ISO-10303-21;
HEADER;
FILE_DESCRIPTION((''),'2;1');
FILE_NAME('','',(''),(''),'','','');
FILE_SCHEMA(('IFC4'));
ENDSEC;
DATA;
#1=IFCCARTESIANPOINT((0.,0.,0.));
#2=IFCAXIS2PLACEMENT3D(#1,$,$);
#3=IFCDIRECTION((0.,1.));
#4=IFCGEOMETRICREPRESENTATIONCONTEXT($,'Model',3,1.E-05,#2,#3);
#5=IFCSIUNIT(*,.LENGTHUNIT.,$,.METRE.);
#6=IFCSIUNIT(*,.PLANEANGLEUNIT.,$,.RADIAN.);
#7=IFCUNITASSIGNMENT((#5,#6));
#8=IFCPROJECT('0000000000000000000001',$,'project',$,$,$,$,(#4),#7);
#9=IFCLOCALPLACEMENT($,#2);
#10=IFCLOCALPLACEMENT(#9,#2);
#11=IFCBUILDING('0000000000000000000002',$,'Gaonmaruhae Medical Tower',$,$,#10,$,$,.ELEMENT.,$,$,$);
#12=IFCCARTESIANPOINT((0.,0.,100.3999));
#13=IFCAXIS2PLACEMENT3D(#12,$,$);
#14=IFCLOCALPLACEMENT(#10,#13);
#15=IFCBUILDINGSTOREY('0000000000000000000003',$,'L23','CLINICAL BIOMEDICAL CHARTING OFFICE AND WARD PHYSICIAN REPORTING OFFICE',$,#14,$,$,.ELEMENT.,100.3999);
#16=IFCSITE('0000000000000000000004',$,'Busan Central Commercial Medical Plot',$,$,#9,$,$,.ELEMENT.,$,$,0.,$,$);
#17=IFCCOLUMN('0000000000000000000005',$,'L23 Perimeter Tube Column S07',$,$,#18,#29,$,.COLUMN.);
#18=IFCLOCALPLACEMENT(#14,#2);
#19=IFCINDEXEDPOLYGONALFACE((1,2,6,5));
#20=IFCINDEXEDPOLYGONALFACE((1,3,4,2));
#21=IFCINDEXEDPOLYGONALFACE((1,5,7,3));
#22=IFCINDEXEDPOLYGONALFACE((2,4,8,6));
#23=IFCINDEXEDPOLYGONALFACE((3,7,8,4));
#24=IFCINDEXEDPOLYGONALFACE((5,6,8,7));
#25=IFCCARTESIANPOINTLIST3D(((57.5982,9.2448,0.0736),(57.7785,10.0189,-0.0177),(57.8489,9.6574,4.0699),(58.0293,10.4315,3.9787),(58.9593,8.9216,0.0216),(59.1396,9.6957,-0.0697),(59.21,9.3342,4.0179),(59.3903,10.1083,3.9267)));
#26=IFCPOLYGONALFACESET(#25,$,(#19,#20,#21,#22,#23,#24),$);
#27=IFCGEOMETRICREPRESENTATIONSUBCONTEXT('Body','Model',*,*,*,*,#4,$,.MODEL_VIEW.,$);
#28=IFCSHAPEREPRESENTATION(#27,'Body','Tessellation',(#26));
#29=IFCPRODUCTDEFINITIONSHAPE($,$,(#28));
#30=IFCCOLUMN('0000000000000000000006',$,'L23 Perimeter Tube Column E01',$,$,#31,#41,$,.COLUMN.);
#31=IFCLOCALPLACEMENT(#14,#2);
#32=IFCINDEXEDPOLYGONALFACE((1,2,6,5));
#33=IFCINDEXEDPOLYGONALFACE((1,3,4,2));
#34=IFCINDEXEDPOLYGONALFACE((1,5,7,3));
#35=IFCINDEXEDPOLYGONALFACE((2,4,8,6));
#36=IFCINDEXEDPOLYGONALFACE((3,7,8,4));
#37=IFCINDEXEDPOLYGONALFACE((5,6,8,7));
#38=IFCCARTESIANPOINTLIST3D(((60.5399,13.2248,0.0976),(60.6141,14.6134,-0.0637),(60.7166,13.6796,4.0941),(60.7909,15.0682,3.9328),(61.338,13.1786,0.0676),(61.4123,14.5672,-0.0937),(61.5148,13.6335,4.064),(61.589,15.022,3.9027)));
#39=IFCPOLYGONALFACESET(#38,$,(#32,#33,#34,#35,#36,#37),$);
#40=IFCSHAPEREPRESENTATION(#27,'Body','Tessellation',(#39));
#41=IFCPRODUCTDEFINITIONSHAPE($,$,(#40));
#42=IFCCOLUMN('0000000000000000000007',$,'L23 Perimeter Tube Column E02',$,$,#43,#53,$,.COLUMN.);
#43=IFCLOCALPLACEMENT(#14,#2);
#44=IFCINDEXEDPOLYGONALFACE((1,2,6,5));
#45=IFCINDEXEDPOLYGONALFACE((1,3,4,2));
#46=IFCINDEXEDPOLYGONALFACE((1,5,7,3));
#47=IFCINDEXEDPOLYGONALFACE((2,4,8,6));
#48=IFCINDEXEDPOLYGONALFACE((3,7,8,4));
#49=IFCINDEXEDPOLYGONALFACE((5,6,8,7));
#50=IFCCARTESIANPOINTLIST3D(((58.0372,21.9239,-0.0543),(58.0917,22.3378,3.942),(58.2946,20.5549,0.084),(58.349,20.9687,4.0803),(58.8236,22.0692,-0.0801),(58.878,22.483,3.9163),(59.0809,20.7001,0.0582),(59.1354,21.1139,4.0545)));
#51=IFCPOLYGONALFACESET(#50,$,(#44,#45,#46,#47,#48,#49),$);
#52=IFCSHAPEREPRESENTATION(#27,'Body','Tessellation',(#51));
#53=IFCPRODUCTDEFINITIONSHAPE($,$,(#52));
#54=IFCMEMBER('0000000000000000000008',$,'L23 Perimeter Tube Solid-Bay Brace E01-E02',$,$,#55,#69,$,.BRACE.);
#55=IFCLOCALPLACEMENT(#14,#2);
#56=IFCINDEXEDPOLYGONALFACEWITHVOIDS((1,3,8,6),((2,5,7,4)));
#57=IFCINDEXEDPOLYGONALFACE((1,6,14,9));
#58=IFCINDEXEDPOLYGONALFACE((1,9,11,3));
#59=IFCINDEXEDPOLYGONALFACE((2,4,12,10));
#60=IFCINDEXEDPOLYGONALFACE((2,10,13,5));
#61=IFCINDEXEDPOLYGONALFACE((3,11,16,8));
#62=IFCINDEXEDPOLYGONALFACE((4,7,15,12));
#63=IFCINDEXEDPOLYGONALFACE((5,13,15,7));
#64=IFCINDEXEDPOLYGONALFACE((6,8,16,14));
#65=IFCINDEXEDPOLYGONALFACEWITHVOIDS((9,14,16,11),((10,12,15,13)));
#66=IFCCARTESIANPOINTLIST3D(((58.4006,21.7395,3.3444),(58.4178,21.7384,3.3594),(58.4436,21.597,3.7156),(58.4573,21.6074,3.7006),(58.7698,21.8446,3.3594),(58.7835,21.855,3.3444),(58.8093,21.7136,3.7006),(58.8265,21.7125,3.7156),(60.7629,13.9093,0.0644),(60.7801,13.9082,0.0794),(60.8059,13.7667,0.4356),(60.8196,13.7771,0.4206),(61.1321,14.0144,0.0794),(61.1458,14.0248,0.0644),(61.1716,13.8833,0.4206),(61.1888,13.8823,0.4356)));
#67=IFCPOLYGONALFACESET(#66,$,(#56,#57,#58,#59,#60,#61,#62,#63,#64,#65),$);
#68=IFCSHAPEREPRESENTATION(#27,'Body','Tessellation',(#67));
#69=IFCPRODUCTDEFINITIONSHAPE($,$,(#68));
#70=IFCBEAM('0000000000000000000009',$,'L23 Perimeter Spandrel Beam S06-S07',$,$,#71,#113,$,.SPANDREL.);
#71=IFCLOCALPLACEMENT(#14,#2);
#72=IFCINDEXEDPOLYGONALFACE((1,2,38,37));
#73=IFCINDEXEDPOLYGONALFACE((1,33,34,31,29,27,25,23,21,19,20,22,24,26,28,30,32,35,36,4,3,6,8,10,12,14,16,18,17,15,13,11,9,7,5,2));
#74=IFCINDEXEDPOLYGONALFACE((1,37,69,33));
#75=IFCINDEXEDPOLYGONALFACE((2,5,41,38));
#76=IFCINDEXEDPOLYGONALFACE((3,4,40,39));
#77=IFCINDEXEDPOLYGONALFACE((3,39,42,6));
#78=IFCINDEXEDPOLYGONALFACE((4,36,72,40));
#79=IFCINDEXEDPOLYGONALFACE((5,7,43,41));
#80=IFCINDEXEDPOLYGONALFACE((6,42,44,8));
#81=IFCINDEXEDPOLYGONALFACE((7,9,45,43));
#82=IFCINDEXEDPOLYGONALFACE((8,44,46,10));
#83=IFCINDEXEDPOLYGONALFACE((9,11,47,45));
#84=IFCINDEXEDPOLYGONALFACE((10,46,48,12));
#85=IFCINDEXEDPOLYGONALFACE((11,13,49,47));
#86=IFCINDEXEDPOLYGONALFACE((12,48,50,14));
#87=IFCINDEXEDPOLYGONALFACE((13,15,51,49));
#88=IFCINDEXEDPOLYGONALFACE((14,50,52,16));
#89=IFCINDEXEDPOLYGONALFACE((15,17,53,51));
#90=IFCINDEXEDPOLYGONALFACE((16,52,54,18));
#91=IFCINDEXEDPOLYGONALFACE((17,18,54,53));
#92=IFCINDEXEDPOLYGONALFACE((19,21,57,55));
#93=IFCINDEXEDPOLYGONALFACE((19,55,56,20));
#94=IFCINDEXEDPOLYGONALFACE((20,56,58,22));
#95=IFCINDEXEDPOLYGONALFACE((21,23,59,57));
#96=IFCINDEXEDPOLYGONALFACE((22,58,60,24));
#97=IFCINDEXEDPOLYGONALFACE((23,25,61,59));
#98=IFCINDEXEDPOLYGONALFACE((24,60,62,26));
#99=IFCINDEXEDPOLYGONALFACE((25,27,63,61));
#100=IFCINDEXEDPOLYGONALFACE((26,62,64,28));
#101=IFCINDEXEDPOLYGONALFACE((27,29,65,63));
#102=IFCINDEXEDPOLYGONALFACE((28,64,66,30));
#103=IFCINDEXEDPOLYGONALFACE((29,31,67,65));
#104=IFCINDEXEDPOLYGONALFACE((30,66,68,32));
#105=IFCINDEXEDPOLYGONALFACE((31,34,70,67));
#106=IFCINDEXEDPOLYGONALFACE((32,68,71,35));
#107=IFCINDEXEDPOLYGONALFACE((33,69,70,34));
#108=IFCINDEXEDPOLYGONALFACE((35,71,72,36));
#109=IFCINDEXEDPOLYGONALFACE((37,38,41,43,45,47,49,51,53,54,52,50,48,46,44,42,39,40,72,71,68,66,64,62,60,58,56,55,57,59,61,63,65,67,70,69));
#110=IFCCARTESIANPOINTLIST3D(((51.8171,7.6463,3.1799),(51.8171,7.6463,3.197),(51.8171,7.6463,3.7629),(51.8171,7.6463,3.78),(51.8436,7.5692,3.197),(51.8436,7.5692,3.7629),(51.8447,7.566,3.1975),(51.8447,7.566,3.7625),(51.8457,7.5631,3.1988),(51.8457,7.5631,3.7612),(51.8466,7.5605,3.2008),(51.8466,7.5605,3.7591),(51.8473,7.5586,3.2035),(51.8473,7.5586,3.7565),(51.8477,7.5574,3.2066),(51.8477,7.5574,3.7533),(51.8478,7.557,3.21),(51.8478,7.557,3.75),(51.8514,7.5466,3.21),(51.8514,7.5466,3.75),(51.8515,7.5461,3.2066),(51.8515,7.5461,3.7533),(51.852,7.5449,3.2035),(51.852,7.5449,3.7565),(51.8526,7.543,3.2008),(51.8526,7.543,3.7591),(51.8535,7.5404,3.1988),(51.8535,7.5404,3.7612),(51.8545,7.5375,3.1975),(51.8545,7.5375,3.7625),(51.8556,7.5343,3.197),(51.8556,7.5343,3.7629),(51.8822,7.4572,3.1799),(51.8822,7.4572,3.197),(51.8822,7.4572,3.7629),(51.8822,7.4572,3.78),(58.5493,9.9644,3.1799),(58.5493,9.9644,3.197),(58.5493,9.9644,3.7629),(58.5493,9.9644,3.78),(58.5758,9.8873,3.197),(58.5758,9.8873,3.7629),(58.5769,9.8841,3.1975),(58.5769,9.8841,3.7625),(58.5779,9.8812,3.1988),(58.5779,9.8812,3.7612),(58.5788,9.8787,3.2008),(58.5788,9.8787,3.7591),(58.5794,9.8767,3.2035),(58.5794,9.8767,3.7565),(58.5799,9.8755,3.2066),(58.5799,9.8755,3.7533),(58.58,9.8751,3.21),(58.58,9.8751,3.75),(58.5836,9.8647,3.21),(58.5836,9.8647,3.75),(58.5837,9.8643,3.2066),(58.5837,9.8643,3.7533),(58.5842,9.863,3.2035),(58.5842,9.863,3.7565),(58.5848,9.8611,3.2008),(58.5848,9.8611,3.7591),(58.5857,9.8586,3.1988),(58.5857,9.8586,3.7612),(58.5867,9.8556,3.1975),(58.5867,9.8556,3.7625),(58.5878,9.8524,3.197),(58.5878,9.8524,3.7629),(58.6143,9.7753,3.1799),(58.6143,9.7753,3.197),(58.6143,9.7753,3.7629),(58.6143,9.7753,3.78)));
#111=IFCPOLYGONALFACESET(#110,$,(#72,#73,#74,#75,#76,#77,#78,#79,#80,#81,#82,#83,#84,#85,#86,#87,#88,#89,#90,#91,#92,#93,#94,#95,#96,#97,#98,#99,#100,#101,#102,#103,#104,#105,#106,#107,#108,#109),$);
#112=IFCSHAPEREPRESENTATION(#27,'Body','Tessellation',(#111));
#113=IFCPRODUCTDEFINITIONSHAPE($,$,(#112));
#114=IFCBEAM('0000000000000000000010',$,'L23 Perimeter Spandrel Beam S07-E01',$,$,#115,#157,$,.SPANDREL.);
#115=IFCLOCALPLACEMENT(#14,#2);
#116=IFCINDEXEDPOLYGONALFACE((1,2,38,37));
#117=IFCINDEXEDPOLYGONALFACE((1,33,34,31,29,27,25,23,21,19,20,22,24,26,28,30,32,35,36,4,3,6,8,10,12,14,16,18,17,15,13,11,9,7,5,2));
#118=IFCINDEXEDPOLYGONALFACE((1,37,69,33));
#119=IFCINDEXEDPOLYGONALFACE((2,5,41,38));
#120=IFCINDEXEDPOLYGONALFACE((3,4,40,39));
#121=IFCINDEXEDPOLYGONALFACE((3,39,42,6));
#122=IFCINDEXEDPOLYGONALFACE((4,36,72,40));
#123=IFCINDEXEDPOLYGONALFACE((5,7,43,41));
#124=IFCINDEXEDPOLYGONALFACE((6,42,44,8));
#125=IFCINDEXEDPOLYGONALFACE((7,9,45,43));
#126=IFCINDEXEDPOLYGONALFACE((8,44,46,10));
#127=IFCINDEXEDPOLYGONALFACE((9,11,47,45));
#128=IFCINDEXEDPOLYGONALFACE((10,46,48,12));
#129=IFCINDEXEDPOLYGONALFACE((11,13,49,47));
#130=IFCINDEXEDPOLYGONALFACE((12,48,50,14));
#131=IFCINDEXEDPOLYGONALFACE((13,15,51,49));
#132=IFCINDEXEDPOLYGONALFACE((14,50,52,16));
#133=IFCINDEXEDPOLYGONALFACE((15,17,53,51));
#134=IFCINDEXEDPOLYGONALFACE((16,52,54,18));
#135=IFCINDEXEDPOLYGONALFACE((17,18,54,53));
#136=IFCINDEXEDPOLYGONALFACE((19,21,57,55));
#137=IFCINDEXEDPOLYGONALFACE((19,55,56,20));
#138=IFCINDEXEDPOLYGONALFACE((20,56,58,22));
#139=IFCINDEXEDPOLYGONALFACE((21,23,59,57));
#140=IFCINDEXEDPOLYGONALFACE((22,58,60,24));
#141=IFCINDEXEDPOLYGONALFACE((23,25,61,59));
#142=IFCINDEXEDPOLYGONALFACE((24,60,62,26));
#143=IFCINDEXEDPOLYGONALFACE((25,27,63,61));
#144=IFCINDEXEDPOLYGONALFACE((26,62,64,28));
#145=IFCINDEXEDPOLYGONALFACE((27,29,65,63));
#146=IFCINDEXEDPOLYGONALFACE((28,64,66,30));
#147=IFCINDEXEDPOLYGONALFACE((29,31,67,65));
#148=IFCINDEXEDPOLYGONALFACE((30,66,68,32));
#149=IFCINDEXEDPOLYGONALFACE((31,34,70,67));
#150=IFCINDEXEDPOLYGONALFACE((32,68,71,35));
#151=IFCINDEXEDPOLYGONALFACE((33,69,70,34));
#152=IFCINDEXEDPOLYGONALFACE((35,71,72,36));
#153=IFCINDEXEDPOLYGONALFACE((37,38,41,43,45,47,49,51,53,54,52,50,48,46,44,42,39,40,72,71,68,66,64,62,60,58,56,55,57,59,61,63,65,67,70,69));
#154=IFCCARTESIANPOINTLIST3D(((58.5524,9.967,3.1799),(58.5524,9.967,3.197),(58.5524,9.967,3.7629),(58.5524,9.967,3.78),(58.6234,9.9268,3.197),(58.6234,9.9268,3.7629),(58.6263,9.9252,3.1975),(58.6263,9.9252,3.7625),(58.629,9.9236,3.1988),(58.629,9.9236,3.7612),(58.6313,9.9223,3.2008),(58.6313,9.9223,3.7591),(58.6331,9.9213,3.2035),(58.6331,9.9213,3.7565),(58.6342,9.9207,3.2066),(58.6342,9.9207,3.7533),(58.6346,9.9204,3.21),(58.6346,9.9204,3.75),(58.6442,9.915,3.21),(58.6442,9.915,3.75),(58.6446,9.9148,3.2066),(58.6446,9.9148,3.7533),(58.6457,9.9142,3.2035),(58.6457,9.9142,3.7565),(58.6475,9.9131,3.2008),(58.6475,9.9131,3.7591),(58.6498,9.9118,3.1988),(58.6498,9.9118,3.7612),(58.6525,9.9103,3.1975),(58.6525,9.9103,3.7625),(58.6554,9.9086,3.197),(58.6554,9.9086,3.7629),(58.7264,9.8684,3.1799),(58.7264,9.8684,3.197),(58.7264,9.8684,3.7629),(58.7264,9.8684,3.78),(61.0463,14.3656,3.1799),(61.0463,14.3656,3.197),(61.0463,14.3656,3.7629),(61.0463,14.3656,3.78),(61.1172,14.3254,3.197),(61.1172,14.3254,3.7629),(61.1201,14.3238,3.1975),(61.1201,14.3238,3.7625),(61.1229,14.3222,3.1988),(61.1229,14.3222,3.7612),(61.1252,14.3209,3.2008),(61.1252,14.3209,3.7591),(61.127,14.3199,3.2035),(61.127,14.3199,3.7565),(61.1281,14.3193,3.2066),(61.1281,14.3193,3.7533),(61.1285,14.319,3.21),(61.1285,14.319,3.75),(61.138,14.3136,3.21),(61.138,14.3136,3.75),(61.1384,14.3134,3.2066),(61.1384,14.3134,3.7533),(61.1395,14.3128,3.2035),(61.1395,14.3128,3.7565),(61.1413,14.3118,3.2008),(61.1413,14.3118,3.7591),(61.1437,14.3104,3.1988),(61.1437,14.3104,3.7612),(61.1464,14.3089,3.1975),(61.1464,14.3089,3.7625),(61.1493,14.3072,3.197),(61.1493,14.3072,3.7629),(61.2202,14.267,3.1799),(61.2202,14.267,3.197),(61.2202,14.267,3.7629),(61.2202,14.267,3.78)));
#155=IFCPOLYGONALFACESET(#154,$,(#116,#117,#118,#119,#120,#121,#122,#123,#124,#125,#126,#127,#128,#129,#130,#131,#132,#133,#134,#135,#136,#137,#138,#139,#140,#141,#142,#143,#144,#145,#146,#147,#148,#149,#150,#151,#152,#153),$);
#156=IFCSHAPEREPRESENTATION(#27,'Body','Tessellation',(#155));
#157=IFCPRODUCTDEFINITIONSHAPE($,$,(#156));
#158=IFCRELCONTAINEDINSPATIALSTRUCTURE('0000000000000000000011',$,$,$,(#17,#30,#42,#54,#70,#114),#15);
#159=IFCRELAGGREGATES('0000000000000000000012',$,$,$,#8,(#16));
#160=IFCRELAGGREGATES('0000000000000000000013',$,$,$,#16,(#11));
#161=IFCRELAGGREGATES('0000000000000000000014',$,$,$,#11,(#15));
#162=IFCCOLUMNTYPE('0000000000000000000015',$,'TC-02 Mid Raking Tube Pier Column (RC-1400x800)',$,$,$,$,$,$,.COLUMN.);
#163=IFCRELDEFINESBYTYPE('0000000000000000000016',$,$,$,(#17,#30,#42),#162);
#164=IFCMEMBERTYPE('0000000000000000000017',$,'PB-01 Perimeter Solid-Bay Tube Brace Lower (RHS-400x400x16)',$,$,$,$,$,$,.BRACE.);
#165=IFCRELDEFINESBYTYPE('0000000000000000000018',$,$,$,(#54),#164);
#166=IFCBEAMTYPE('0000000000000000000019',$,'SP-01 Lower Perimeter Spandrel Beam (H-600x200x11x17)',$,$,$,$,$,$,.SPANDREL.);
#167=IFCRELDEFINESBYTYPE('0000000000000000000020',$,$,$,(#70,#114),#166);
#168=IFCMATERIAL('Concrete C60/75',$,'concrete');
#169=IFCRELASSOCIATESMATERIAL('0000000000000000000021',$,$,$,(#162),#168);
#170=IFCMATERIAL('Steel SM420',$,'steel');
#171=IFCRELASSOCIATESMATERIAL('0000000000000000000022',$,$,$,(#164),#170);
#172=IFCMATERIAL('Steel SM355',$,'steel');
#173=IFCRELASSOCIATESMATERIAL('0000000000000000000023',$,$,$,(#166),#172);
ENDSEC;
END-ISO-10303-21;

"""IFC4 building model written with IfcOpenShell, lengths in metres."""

from ifc_helpers import new_model, si_unit, direction, frame, origin, origin_2d, place, context, subcontext, project, spatial, rectangle, hollow_rectangle, i_section, extrude, material, material_profile, profile_set, type_object, element, save


model = new_model("IFC4")

# Units and contexts
model_context = context("Model", 3, precision=1e-05, world=origin(), true_north=direction((0.0, 1.0)))
body_context = subcontext(model_context, "Body", "Model", "MODEL_VIEW")
ifc_project = project(units=[si_unit("LENGTHUNIT", "METRE"), si_unit("PLANEANGLEUNIT", "RADIAN")], contexts=[model_context])

# Site, building, storey
site_placement = place(None, origin())
site = spatial("IfcSite", under=ifc_project, at=site_placement, Name="Busan Central Commercial Medical Plot", CompositionType="ELEMENT", RefElevation=0.0)
building_placement = place(site_placement, origin())
building = spatial("IfcBuilding", under=site, at=building_placement, Name="Gaonmaruhae Medical Tower", CompositionType="ELEMENT")
storey_placement = place(building_placement, frame((0.0, 0.0, 100.3999)))
storey = spatial("IfcBuildingStorey", under=building, at=storey_placement, Name="L23", Description="CLINICAL BIOMEDICAL CHARTING OFFICE AND WARD PHYSICIAN REPORTING OFFICE", CompositionType="ELEMENT", Elevation=100.3999)

# Columns
ifc_material_1 = material(Name="Concrete C60/75", Category="concrete")
ifc_material_profile_1 = material_profile(ifc_material_1, rectangle(XDim=1.3999, YDim=0.8, at=origin_2d()), Name="RC-1400x800")
ifc_profile_set_1 = profile_set([ifc_material_profile_1], Name="Concrete C60/75")
column_type = type_object("IfcColumnType", Name="TC-02 Mid Raking Tube Pier Column (RC-1400x800)", PredefinedType="COLUMN", material=ifc_profile_set_1)
column_1_placement = place(storey_placement, frame((58.3689, 9.4702, 0.002), z_axis=(0.062288, 0.102499, 0.992781), x_axis=(-0.972271, 0.230886, 0.037163)))
element("IfcColumn", 1, at=column_1_placement, inside=storey, type_object=column_type, Name="L23 Perimeter Tube Column S07", PredefinedType="COLUMN", context=body_context, shape_type="SweptSolid", body=[
    extrude(rectangle(XDim=1.3999, YDim=0.8, at=origin_2d()), origin(), (0.0, 0.0, 1.0), 4.0254),
])
column_2_placement = place(storey_placement, frame((60.9761, 13.896, 0.002), z_axis=(0.043904, 0.112974, 0.992628), x_axis=(-0.053058, -0.99192, 0.11524)))
element("IfcColumn", 2, at=column_2_placement, inside=storey, type_object=column_type, Name="L23 Perimeter Tube Column E01", PredefinedType="COLUMN", context=body_context, shape_type="SweptSolid", body=[
    extrude(rectangle(XDim=1.3999, YDim=0.8, at=origin_2d()), origin(), (0.0, 0.0, 1.0), 4.0261),
])
column_3_placement = place(storey_placement, frame((58.5591, 21.312, 0.002), z_axis=(0.01355, 0.102989, 0.99459), x_axis=(0.183851, -0.97798, 0.098765)))
element("IfcColumn", 3, at=column_3_placement, inside=storey, type_object=column_type, Name="L23 Perimeter Tube Column E02", PredefinedType="COLUMN", context=body_context, shape_type="SweptSolid", body=[
    extrude(rectangle(XDim=1.3999, YDim=0.8, at=origin_2d()), origin(), (0.0, 0.0, 1.0), 4.0181),
])

# Member
ifc_material_2 = material(Name="Steel SM420", Category="steel")
ifc_material_profile_2 = material_profile(ifc_material_2, hollow_rectangle(XDim=0.3999, YDim=0.3999, WallThickness=0.0161, at=origin_2d()), Name="RHS-400x400x16")
ifc_profile_set_2 = profile_set([ifc_material_profile_2], Name="Steel SM420")
member_type = type_object("IfcMemberType", Name="PB-01 Perimeter Solid-Bay Tube Brace Lower (RHS-400x400x16)", PredefinedType="BRACE", material=ifc_profile_set_2)
member_placement = place(storey_placement, frame((60.9758, 13.8958, 0.25), z_axis=(-0.268075, 0.888588, 0.372219), x_axis=(-0.957381, -0.288829, 0.0)))
element("IfcMember", 4, at=member_placement, inside=storey, type_object=member_type, Name="L23 Perimeter Tube Solid-Bay Brace E01-E02", PredefinedType="BRACE", context=body_context, shape_type="SweptSolid", body=[
    extrude(hollow_rectangle(XDim=0.3999, YDim=0.3999, WallThickness=0.0161, at=origin_2d()), origin(), (0.0, 0.0, 1.0), 8.812),
])

# Beams
ifc_material_3 = material(Name="Steel SM355", Category="steel")
ifc_material_profile_3 = material_profile(ifc_material_3, i_section(OverallWidth=0.2, OverallDepth=0.6001, WebThickness=0.011, FlangeThickness=0.0171, FilletRadius=0.0129, at=origin_2d()), Name="H-600x200x11x17")
ifc_profile_set_3 = profile_set([ifc_material_profile_3], Name="Steel SM355")
beam_type = type_object("IfcBeamType", Name="SP-01 Lower Perimeter Spandrel Beam (H-600x200x11x17)", PredefinedType="SPANDREL", material=ifc_profile_set_3)
beam_1_placement = place(storey_placement, frame((51.8496, 7.5518, 3.48), z_axis=(0.945517, 0.325573, 0.0), x_axis=(-0.325573, 0.945517, 0.0)))
element("IfcBeam", 5, at=beam_1_placement, inside=storey, type_object=beam_type, Name="L23 Perimeter Spandrel Beam S06-S07", PredefinedType="SPANDREL", context=body_context, shape_type="SweptSolid", body=[
    extrude(i_section(OverallWidth=0.2, OverallDepth=0.6001, WebThickness=0.011, FlangeThickness=0.0171, FilletRadius=0.0129, at=origin_2d()), origin(), (0.0, 0.0, 1.0), 7.1201),
])
beam_2_placement = place(storey_placement, frame((58.6394, 9.9177, 3.48), z_axis=(0.493209, 0.869911, 0.0), x_axis=(-0.869911, 0.493209, 0.0)))
element("IfcBeam", 6, at=beam_2_placement, inside=storey, type_object=beam_type, Name="L23 Perimeter Spandrel Beam S07-E01", PredefinedType="SPANDREL", context=body_context, shape_type="SweptSolid", body=[
    extrude(i_section(OverallWidth=0.2, OverallDepth=0.6001, WebThickness=0.011, FlangeThickness=0.0171, FilletRadius=0.0129, at=origin_2d()), origin(), (0.0, 0.0, 1.0), 5.0564),
])

save(model, "model.ifc")
